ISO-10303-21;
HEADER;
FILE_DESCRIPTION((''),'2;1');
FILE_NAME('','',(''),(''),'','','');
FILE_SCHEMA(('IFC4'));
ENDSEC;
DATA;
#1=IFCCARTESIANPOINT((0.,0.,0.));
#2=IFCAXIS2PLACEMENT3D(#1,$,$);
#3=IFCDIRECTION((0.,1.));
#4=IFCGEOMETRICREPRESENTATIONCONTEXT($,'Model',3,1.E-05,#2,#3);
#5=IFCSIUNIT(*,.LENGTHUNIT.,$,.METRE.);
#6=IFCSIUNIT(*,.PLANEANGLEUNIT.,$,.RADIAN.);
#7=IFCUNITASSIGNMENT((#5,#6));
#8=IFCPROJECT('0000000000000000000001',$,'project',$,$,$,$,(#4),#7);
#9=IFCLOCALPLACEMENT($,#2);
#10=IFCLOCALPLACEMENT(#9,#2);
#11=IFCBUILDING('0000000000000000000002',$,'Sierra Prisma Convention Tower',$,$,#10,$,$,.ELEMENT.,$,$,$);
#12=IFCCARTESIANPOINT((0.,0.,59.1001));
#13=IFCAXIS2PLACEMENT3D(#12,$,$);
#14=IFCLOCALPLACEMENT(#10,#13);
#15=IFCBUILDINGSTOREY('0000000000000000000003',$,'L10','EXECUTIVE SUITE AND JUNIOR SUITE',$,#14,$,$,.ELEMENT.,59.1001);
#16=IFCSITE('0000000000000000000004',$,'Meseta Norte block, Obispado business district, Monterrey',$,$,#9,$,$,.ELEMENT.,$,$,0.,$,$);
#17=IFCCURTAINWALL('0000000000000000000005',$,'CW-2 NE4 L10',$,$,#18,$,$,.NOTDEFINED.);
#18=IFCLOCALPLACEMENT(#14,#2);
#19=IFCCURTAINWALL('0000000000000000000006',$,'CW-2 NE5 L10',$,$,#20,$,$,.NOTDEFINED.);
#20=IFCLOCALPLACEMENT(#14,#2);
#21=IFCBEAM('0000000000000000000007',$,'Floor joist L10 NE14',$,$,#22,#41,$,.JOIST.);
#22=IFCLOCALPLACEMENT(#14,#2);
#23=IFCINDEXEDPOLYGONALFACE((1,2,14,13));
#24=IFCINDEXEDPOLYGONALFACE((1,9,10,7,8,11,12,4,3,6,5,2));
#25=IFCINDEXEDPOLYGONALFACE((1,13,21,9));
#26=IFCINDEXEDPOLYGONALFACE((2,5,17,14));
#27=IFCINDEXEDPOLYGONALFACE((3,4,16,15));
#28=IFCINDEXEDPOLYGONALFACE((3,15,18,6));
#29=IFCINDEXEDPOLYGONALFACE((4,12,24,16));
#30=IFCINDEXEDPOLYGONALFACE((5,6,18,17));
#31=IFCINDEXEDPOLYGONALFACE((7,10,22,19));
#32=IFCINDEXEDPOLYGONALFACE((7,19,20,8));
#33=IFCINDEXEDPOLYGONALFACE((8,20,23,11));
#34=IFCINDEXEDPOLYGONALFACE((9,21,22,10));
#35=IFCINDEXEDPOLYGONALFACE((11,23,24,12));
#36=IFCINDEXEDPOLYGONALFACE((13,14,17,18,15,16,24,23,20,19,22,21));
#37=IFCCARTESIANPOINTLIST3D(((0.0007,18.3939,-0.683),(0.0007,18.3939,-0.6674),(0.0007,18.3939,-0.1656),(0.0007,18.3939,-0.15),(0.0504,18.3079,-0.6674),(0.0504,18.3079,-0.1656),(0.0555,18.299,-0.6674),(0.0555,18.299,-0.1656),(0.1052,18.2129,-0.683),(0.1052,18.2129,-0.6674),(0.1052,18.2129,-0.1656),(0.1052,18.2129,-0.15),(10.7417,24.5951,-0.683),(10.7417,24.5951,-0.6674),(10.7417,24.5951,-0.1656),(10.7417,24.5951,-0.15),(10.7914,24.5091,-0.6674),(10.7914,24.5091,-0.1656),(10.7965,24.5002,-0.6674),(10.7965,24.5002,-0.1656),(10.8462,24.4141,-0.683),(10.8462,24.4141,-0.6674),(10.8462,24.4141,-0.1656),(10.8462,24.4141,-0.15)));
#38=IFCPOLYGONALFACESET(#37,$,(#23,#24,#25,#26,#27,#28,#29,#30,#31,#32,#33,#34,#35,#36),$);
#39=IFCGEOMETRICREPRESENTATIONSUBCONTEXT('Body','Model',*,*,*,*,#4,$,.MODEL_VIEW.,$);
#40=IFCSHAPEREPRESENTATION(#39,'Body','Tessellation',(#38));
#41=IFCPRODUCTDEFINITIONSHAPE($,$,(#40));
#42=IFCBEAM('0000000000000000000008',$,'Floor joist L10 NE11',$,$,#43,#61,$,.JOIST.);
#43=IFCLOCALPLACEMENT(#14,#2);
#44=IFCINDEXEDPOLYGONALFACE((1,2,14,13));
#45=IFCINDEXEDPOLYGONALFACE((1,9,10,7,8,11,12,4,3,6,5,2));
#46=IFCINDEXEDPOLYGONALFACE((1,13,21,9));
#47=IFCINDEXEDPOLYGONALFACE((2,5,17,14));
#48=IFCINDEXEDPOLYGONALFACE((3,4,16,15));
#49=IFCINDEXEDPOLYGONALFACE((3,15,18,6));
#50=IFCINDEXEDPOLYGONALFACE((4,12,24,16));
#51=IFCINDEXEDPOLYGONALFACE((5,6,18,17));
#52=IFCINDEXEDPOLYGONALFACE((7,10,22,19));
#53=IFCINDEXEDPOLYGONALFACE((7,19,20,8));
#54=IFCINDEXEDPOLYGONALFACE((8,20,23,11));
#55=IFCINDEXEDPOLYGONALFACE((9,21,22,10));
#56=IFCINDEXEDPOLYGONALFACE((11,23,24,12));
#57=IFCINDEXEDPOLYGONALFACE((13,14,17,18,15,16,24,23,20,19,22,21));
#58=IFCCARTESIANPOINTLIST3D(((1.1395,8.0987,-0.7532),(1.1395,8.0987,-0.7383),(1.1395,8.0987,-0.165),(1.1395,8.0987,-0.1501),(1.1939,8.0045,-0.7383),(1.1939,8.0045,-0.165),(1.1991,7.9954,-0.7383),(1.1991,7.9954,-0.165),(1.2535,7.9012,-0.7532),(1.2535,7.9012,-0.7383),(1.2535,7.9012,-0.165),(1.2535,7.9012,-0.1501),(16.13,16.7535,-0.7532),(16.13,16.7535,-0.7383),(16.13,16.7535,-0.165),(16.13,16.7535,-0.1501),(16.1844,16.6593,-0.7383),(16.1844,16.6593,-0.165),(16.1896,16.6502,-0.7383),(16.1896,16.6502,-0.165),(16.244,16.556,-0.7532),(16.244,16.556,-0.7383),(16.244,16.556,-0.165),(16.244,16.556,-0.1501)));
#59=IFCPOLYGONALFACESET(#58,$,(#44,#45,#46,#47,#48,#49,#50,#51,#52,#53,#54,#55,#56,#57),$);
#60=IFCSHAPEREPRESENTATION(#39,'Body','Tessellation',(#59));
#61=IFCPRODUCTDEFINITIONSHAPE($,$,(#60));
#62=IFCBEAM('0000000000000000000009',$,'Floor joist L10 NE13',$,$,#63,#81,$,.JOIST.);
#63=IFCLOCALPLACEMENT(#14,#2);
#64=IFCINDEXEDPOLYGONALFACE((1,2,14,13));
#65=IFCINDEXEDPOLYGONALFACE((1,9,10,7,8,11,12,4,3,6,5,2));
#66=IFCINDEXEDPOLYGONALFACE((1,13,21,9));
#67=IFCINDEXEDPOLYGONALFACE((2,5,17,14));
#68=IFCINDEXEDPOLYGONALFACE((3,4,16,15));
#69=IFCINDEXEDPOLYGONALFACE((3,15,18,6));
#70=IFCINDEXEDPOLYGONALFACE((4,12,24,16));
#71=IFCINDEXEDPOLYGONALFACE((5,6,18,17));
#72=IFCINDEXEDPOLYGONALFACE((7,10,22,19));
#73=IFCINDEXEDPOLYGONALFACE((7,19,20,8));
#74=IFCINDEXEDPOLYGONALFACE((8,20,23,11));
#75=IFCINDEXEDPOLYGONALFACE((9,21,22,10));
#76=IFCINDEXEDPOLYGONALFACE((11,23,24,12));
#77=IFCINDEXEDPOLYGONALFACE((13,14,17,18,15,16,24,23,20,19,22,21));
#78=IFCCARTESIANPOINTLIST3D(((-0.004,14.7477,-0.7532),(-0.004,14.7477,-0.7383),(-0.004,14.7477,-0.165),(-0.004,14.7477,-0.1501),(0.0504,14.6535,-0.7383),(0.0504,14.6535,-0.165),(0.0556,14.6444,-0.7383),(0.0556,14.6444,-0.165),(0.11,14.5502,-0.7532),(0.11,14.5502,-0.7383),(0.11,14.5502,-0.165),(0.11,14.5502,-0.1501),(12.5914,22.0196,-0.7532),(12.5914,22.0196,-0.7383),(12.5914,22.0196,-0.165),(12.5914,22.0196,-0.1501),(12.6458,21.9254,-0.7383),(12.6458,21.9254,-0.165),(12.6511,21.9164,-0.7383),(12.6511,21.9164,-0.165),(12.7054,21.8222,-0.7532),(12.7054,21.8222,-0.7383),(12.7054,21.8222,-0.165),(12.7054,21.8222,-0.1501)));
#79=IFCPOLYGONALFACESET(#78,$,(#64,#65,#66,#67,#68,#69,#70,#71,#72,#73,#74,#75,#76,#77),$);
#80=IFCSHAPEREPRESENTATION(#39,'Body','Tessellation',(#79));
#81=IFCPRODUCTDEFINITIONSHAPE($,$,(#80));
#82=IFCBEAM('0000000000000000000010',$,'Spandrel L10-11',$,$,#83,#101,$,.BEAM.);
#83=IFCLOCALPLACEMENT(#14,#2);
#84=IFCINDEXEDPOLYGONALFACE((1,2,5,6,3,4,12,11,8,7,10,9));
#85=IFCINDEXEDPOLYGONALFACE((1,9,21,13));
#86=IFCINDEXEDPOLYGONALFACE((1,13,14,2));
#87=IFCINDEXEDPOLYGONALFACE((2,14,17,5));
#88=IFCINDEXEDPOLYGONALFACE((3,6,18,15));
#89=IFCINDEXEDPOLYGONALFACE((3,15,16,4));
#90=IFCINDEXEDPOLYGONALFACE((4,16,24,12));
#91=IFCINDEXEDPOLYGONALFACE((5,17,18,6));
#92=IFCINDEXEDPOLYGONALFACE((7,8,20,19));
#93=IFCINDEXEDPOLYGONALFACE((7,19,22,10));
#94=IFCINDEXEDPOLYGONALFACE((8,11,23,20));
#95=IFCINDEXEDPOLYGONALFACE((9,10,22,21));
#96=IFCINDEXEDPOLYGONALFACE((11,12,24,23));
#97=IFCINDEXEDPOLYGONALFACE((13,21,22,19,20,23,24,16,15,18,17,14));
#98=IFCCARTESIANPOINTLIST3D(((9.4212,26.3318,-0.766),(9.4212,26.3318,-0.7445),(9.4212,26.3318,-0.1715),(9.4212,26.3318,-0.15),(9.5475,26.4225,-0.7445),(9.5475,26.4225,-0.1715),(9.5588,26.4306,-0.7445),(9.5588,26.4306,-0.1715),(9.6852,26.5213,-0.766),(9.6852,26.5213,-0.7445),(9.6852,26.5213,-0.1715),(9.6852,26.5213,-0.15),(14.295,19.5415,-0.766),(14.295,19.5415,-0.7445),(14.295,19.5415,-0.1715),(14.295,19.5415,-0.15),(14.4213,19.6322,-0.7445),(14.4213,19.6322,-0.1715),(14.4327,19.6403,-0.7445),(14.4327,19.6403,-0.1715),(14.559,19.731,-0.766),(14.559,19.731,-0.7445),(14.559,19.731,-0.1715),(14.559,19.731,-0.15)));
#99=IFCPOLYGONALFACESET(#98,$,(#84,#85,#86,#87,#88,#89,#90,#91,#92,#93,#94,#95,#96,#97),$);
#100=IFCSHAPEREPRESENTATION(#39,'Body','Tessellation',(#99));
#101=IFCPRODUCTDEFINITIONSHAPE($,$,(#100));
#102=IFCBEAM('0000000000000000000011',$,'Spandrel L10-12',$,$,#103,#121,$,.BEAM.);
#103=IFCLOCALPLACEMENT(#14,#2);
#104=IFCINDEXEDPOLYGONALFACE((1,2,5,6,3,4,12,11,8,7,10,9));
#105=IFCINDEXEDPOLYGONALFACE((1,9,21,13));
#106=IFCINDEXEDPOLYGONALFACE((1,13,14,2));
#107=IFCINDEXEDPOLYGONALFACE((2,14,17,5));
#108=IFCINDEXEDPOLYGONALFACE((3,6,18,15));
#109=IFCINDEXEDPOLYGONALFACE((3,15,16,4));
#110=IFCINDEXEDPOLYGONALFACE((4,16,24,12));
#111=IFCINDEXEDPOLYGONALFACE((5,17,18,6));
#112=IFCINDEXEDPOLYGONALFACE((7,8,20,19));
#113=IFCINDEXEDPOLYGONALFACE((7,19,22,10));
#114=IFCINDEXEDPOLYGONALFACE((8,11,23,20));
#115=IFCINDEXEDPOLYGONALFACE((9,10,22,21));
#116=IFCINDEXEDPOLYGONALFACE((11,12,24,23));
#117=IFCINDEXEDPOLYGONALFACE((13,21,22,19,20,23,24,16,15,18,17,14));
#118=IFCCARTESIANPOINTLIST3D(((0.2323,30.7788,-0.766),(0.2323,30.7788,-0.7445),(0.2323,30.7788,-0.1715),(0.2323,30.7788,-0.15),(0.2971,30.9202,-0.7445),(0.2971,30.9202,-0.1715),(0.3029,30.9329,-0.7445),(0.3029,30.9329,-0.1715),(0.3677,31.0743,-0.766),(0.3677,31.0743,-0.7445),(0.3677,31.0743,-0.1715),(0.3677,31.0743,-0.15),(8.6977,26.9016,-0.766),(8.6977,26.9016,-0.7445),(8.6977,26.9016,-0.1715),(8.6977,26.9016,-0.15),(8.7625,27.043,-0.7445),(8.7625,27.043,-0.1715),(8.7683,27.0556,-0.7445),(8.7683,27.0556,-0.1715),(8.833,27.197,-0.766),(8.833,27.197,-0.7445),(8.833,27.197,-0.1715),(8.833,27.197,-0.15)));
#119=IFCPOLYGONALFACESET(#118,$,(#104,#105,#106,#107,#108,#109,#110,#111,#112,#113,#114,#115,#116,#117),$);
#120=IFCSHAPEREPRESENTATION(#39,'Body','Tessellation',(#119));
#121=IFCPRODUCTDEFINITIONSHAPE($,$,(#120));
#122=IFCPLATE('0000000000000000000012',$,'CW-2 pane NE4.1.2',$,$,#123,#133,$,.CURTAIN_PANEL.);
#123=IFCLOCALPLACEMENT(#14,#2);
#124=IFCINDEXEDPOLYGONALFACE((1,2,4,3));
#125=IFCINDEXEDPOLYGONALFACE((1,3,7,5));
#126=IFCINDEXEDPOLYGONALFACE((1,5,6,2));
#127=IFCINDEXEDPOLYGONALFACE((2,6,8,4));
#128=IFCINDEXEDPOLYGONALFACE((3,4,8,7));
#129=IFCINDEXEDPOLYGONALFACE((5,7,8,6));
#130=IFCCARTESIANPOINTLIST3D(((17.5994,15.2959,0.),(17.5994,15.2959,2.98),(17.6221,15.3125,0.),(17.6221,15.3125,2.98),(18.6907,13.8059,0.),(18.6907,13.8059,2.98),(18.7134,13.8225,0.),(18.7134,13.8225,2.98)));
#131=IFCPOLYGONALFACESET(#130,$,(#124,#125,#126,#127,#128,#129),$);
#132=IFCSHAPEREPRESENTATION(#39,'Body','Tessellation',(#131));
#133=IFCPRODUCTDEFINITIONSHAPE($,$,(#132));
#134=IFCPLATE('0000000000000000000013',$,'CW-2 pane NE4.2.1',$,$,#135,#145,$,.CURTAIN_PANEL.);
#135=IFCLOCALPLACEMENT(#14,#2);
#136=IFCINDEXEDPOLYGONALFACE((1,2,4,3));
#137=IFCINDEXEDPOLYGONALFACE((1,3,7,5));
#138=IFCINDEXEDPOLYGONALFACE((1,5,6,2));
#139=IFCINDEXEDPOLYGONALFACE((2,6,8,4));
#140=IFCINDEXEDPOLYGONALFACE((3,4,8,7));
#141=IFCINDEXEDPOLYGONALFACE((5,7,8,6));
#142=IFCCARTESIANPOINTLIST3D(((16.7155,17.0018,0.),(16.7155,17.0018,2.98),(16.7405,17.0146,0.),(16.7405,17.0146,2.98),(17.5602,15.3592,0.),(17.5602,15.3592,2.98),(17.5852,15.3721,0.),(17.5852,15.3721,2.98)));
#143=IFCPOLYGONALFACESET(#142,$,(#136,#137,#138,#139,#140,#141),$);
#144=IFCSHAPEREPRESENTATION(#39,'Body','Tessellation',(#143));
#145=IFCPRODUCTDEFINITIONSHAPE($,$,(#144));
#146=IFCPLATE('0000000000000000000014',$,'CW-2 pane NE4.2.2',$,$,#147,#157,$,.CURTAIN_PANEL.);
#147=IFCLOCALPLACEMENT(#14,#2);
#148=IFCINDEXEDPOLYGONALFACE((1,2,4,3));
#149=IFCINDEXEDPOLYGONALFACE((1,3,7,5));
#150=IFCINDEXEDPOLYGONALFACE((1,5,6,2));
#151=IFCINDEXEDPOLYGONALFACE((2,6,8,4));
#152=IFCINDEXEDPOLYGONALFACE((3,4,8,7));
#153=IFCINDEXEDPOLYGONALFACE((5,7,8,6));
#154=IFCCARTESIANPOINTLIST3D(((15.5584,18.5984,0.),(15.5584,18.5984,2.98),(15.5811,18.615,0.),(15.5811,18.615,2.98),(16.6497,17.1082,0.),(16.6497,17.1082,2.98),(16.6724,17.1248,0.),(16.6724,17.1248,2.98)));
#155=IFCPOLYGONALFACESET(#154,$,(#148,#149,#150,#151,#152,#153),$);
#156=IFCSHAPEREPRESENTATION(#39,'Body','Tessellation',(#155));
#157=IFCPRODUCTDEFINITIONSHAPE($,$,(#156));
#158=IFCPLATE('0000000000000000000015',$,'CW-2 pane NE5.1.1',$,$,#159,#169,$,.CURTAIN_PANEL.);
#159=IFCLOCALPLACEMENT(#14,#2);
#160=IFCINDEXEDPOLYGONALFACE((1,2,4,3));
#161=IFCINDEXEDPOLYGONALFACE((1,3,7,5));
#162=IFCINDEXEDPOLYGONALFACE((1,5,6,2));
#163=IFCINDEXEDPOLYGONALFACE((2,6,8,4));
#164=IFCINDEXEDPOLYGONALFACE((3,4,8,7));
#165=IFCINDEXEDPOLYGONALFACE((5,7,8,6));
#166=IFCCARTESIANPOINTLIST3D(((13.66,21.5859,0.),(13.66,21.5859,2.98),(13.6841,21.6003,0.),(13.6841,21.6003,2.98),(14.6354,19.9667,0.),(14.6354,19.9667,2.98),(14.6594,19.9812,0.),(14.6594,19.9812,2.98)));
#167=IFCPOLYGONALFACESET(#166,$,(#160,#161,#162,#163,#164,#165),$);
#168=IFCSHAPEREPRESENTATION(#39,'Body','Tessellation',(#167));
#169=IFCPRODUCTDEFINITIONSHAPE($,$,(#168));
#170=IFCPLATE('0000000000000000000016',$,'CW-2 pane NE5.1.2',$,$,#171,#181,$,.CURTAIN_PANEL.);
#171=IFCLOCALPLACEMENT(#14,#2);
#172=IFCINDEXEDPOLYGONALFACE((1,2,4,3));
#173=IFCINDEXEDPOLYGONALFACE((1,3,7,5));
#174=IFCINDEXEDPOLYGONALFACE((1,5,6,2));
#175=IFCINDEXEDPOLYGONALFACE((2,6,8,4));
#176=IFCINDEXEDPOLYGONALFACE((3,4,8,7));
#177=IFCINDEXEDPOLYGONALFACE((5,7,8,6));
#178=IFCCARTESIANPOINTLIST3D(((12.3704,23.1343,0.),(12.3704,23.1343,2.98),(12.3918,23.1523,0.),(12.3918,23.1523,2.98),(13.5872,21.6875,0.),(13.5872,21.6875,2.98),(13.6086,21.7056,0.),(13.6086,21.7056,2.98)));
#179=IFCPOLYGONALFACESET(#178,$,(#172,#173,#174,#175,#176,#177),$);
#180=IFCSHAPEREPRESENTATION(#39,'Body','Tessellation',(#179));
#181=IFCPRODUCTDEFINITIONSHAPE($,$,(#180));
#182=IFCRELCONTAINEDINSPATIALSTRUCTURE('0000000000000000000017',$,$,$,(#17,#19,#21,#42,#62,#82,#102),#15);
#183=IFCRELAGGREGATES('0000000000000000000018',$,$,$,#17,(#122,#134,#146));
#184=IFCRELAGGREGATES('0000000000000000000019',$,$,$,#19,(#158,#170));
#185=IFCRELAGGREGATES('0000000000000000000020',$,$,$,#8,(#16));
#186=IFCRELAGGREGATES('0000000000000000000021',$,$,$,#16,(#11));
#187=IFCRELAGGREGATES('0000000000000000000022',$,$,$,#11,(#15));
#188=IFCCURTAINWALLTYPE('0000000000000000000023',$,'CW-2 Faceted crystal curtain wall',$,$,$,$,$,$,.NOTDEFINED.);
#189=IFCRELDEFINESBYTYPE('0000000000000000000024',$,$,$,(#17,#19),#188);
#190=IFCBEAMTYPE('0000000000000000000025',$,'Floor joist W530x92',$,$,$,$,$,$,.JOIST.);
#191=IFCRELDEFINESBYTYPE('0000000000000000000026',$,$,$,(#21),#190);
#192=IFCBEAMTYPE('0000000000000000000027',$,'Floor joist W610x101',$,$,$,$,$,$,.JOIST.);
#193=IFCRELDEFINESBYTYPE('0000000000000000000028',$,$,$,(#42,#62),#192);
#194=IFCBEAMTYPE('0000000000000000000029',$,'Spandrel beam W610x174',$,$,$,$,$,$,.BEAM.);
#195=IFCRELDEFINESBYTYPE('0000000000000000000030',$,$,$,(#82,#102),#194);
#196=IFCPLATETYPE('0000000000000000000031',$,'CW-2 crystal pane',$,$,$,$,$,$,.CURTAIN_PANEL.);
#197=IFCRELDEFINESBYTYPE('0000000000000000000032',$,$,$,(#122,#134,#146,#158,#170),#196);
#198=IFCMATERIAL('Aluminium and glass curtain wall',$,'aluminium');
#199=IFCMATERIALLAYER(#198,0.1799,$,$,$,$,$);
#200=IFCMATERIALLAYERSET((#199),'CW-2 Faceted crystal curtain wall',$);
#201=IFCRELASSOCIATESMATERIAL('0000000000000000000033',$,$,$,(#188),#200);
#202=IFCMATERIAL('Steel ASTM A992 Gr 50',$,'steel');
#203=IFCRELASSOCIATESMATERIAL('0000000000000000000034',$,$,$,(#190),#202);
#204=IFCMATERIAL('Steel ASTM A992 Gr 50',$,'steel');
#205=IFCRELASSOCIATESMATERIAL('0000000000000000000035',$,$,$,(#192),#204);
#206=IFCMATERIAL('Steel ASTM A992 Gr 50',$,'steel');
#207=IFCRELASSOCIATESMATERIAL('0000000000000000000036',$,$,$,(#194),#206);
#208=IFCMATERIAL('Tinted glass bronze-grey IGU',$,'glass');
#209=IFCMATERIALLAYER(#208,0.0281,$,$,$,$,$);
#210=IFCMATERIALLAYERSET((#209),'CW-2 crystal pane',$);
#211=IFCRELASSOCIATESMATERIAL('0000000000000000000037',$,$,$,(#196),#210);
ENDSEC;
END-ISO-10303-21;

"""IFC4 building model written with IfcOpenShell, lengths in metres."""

from ifc_helpers import new_model, si_unit, direction, frame, origin, origin_2d, place, context, subcontext, project, spatial, polyline, i_section, outline, extrude, material, layer, layer_set, material_profile, profile_set, type_object, element, aggregate, save


model = new_model("IFC4")

# Units and contexts
model_context = context("Model", 3, precision=1e-05, world=origin(), true_north=direction((0.0, 1.0)))
body_context = subcontext(model_context, "Body", "Model", "MODEL_VIEW")
ifc_project = project(units=[si_unit("LENGTHUNIT", "METRE"), si_unit("PLANEANGLEUNIT", "RADIAN")], contexts=[model_context])

# Site, building, storey
site_placement = place(None, origin())
site = spatial("IfcSite", under=ifc_project, at=site_placement, Name="Meseta Norte block, Obispado business district, Monterrey", CompositionType="ELEMENT", RefElevation=0.0)
building_placement = place(site_placement, origin())
building = spatial("IfcBuilding", under=site, at=building_placement, Name="Sierra Prisma Convention Tower", CompositionType="ELEMENT")
storey_placement = place(building_placement, frame((0.0, 0.0, 59.1001)))
storey = spatial("IfcBuildingStorey", under=building, at=storey_placement, Name="L10", Description="EXECUTIVE SUITE AND JUNIOR SUITE", CompositionType="ELEMENT", Elevation=59.1001)

# Curtain walls
ifc_material_1 = material(Name="Aluminium and glass curtain wall", Category="aluminium")
ifc_layer_1 = layer(ifc_material_1, 0.1799)
ifc_layer_set_1 = layer_set([ifc_layer_1], Name="CW-2 Faceted crystal curtain wall")
curtain_wall_type = type_object("IfcCurtainWallType", Name="CW-2 Faceted crystal curtain wall", PredefinedType="NOTDEFINED", material=ifc_layer_set_1)
curtain_wall_1_placement = place(storey_placement, origin())
curtain_wall_1 = element("IfcCurtainWall", 1, at=curtain_wall_1_placement, inside=storey, type_object=curtain_wall_type, Name="CW-2 NE4 L10", PredefinedType="NOTDEFINED")
curtain_wall_2_placement = place(storey_placement, origin())
curtain_wall_2 = element("IfcCurtainWall", 2, at=curtain_wall_2_placement, inside=storey, type_object=curtain_wall_type, Name="CW-2 NE5 L10", PredefinedType="NOTDEFINED")

# Beams
ifc_material_2 = material(Name="Steel ASTM A992 Gr 50", Category="steel")
ifc_material_profile_1 = material_profile(ifc_material_2, i_section(OverallWidth=0.209, OverallDepth=0.533, WebThickness=0.0103, FlangeThickness=0.0156, at=origin_2d()), Name="W530x92")
ifc_profile_set_1 = profile_set([ifc_material_profile_1], Name="Steel ASTM A992 Gr 50")
beam_type_1 = type_object("IfcBeamType", Name="Floor joist W530x92", PredefinedType="JOIST", material=ifc_profile_set_1)
beam_1_placement = place(storey_placement, frame((10.7939, 24.5046, -0.4165), z_axis=(-0.86603, -0.499992, 0.0), x_axis=(0.499992, -0.86603, 0.0)))
element("IfcBeam", 3, at=beam_1_placement, inside=storey, type_object=beam_type_1, Name="Floor joist L10 NE14", PredefinedType="JOIST", context=body_context, shape_type="SweptSolid", body=[
    extrude(i_section(OverallWidth=0.209, OverallDepth=0.533, WebThickness=0.0103, FlangeThickness=0.0156, at=origin_2d()), origin(), (0.0, 0.0, 1.0), 12.4026),
])
ifc_material_3 = material(Name="Steel ASTM A992 Gr 50", Category="steel")
ifc_material_profile_2 = material_profile(ifc_material_3, i_section(OverallWidth=0.228, OverallDepth=0.603, WebThickness=0.0105, FlangeThickness=0.0149, at=origin_2d()), Name="W610x101")
ifc_profile_set_2 = profile_set([ifc_material_profile_2], Name="Steel ASTM A992 Gr 50")
beam_type_2 = type_object("IfcBeamType", Name="Floor joist W610x101", PredefinedType="JOIST", material=ifc_profile_set_2)
beam_2_placement = place(storey_placement, frame((16.187, 16.6548, -0.4517), z_axis=(-0.866025, -0.500001, 0.0), x_axis=(0.500001, -0.866025, 0.0)))
element("IfcBeam", 4, at=beam_2_placement, inside=storey, type_object=beam_type_2, Name="Floor joist L10 NE11", PredefinedType="JOIST", context=body_context, shape_type="SweptSolid", body=[
    extrude(i_section(OverallWidth=0.228, OverallDepth=0.603, WebThickness=0.0105, FlangeThickness=0.0149, at=origin_2d()), origin(), (0.0, 0.0, 1.0), 17.3096),
])
beam_3_placement = place(storey_placement, frame((12.6484, 21.9209, -0.4517), z_axis=(-0.866026, -0.499999, 0.0), x_axis=(0.499999, -0.866026, 0.0)))
element("IfcBeam", 5, at=beam_3_placement, inside=storey, type_object=beam_type_2, Name="Floor joist L10 NE13", PredefinedType="JOIST", context=body_context, shape_type="SweptSolid", body=[
    extrude(i_section(OverallWidth=0.228, OverallDepth=0.603, WebThickness=0.0105, FlangeThickness=0.0149, at=origin_2d()), origin(), (0.0, 0.0, 1.0), 14.5439),
])
ifc_material_4 = material(Name="Steel ASTM A992 Gr 50", Category="steel")
ifc_material_profile_3 = material_profile(ifc_material_4, i_section(OverallWidth=0.325, OverallDepth=0.616, WebThickness=0.0139, FlangeThickness=0.0215, at=origin_2d()), Name="W610x174")
ifc_profile_set_3 = profile_set([ifc_material_profile_3], Name="Steel ASTM A992 Gr 50")
beam_type_3 = type_object("IfcBeamType", Name="Spandrel beam W610x174", PredefinedType="BEAM", material=ifc_profile_set_3)
beam_4_placement = place(storey_placement, frame((14.427, 19.6362, -0.458), z_axis=(-0.583104, 0.812397, 0.0), x_axis=(-0.812397, -0.583104, 0.0)))
element("IfcBeam", 6, at=beam_4_placement, inside=storey, type_object=beam_type_3, Name="Spandrel L10-11", PredefinedType="BEAM", context=body_context, shape_type="SweptSolid", body=[
    extrude(i_section(OverallWidth=0.325, OverallDepth=0.616, WebThickness=0.0139, FlangeThickness=0.0215, at=origin_2d()), origin(), (0.0, 0.0, 1.0), 8.3584),
])
beam_5_placement = place(storey_placement, frame((8.7654, 27.0493, -0.458), z_axis=(-0.909177, 0.416411, 0.0), x_axis=(-0.416411, -0.909177, 0.0)))
element("IfcBeam", 7, at=beam_5_placement, inside=storey, type_object=beam_type_3, Name="Spandrel L10-12", PredefinedType="BEAM", context=body_context, shape_type="SweptSolid", body=[
    extrude(i_section(OverallWidth=0.325, OverallDepth=0.616, WebThickness=0.0139, FlangeThickness=0.0215, at=origin_2d()), origin(), (0.0, 0.0, 1.0), 9.311),
])

# Plates
ifc_material_5 = material(Name="Tinted glass bronze-grey IGU", Category="glass")
ifc_layer_2 = layer(ifc_material_5, 0.0281)
ifc_layer_set_2 = layer_set([ifc_layer_2], Name="CW-2 crystal pane")
plate_type = type_object("IfcPlateType", Name="CW-2 crystal pane", PredefinedType="CURTAIN_PANEL", material=ifc_layer_set_2)
plate_1_placement = place(storey_placement, frame((17.6221, 15.3125, 0.0), z_axis=(0.806754, 0.590888, 0.0), x_axis=(0.590888, -0.806754, 0.0)))
plate_1 = element("IfcPlate", 8, at=plate_1_placement, type_object=plate_type, Name="CW-2 pane NE4.1.2", PredefinedType="CURTAIN_PANEL", context=body_context, shape_type="SweptSolid", body=[
    extrude(outline(polyline([(0.0, 0.0), (1.8469, 0.0), (1.8469, -2.98), (0.0, -2.98), (0.0, 0.0)])), origin(), (0.0, 0.0, -1.0), 0.0281),
])
plate_2_placement = place(storey_placement, frame((17.5852, 15.3721, 0.0), z_axis=(0.889294, 0.457336, 0.0), x_axis=(-0.457336, 0.889294, 0.0)))
plate_2 = element("IfcPlate", 9, at=plate_2_placement, type_object=plate_type, Name="CW-2 pane NE4.2.1", PredefinedType="CURTAIN_PANEL", context=body_context, shape_type="SweptSolid", body=[
    extrude(outline(polyline([(0.0, 0.0), (1.8471, 0.0), (1.8471, 2.98), (0.0, 2.98), (0.0, 0.0)])), origin(), (0.0, 0.0, -1.0), 0.0281),
])
plate_3_placement = place(storey_placement, frame((15.5811, 18.615, 0.0), z_axis=(0.8068, 0.590825, 0.0), x_axis=(0.590825, -0.8068, 0.0)))
plate_3 = element("IfcPlate", 10, at=plate_3_placement, type_object=plate_type, Name="CW-2 pane NE4.2.2", PredefinedType="CURTAIN_PANEL", context=body_context, shape_type="SweptSolid", body=[
    extrude(outline(polyline([(0.0, 0.0), (1.8471, 0.0), (1.8471, -2.98), (0.0, -2.98), (0.0, 0.0)])), origin(), (0.0, 0.0, -1.0), 0.0281),
])
aggregate(curtain_wall_1, [plate_1, plate_2, plate_3])
plate_4_placement = place(storey_placement, frame((14.6594, 19.9812, 0.0), z_axis=(0.856591, 0.515996, 0.0), x_axis=(-0.515996, 0.856591, 0.0)))
plate_4 = element("IfcPlate", 11, at=plate_4_placement, type_object=plate_type, Name="CW-2 pane NE5.1.1", PredefinedType="CURTAIN_PANEL", context=body_context, shape_type="SweptSolid", body=[
    extrude(outline(polyline([(0.0, 0.0), (1.8902, 0.0), (1.8902, 2.98), (0.0, 2.98), (0.0, 0.0)])), origin(), (0.0, 0.0, -1.0), 0.0281),
])
plate_5_placement = place(storey_placement, frame((12.3918, 23.1523, 0.0), z_axis=(0.765313, 0.643658, 0.0), x_axis=(0.643658, -0.765313, 0.0)))
plate_5 = element("IfcPlate", 12, at=plate_5_placement, type_object=plate_type, Name="CW-2 pane NE5.1.2", PredefinedType="CURTAIN_PANEL", context=body_context, shape_type="SweptSolid", body=[
    extrude(outline(polyline([(0.0, 0.0), (1.8904, 0.0), (1.8904, -2.98), (0.0, -2.98), (0.0, 0.0)])), origin(), (0.0, 0.0, -1.0), 0.0281),
])
aggregate(curtain_wall_2, [plate_4, plate_5])

save(model, "model.ifc")
